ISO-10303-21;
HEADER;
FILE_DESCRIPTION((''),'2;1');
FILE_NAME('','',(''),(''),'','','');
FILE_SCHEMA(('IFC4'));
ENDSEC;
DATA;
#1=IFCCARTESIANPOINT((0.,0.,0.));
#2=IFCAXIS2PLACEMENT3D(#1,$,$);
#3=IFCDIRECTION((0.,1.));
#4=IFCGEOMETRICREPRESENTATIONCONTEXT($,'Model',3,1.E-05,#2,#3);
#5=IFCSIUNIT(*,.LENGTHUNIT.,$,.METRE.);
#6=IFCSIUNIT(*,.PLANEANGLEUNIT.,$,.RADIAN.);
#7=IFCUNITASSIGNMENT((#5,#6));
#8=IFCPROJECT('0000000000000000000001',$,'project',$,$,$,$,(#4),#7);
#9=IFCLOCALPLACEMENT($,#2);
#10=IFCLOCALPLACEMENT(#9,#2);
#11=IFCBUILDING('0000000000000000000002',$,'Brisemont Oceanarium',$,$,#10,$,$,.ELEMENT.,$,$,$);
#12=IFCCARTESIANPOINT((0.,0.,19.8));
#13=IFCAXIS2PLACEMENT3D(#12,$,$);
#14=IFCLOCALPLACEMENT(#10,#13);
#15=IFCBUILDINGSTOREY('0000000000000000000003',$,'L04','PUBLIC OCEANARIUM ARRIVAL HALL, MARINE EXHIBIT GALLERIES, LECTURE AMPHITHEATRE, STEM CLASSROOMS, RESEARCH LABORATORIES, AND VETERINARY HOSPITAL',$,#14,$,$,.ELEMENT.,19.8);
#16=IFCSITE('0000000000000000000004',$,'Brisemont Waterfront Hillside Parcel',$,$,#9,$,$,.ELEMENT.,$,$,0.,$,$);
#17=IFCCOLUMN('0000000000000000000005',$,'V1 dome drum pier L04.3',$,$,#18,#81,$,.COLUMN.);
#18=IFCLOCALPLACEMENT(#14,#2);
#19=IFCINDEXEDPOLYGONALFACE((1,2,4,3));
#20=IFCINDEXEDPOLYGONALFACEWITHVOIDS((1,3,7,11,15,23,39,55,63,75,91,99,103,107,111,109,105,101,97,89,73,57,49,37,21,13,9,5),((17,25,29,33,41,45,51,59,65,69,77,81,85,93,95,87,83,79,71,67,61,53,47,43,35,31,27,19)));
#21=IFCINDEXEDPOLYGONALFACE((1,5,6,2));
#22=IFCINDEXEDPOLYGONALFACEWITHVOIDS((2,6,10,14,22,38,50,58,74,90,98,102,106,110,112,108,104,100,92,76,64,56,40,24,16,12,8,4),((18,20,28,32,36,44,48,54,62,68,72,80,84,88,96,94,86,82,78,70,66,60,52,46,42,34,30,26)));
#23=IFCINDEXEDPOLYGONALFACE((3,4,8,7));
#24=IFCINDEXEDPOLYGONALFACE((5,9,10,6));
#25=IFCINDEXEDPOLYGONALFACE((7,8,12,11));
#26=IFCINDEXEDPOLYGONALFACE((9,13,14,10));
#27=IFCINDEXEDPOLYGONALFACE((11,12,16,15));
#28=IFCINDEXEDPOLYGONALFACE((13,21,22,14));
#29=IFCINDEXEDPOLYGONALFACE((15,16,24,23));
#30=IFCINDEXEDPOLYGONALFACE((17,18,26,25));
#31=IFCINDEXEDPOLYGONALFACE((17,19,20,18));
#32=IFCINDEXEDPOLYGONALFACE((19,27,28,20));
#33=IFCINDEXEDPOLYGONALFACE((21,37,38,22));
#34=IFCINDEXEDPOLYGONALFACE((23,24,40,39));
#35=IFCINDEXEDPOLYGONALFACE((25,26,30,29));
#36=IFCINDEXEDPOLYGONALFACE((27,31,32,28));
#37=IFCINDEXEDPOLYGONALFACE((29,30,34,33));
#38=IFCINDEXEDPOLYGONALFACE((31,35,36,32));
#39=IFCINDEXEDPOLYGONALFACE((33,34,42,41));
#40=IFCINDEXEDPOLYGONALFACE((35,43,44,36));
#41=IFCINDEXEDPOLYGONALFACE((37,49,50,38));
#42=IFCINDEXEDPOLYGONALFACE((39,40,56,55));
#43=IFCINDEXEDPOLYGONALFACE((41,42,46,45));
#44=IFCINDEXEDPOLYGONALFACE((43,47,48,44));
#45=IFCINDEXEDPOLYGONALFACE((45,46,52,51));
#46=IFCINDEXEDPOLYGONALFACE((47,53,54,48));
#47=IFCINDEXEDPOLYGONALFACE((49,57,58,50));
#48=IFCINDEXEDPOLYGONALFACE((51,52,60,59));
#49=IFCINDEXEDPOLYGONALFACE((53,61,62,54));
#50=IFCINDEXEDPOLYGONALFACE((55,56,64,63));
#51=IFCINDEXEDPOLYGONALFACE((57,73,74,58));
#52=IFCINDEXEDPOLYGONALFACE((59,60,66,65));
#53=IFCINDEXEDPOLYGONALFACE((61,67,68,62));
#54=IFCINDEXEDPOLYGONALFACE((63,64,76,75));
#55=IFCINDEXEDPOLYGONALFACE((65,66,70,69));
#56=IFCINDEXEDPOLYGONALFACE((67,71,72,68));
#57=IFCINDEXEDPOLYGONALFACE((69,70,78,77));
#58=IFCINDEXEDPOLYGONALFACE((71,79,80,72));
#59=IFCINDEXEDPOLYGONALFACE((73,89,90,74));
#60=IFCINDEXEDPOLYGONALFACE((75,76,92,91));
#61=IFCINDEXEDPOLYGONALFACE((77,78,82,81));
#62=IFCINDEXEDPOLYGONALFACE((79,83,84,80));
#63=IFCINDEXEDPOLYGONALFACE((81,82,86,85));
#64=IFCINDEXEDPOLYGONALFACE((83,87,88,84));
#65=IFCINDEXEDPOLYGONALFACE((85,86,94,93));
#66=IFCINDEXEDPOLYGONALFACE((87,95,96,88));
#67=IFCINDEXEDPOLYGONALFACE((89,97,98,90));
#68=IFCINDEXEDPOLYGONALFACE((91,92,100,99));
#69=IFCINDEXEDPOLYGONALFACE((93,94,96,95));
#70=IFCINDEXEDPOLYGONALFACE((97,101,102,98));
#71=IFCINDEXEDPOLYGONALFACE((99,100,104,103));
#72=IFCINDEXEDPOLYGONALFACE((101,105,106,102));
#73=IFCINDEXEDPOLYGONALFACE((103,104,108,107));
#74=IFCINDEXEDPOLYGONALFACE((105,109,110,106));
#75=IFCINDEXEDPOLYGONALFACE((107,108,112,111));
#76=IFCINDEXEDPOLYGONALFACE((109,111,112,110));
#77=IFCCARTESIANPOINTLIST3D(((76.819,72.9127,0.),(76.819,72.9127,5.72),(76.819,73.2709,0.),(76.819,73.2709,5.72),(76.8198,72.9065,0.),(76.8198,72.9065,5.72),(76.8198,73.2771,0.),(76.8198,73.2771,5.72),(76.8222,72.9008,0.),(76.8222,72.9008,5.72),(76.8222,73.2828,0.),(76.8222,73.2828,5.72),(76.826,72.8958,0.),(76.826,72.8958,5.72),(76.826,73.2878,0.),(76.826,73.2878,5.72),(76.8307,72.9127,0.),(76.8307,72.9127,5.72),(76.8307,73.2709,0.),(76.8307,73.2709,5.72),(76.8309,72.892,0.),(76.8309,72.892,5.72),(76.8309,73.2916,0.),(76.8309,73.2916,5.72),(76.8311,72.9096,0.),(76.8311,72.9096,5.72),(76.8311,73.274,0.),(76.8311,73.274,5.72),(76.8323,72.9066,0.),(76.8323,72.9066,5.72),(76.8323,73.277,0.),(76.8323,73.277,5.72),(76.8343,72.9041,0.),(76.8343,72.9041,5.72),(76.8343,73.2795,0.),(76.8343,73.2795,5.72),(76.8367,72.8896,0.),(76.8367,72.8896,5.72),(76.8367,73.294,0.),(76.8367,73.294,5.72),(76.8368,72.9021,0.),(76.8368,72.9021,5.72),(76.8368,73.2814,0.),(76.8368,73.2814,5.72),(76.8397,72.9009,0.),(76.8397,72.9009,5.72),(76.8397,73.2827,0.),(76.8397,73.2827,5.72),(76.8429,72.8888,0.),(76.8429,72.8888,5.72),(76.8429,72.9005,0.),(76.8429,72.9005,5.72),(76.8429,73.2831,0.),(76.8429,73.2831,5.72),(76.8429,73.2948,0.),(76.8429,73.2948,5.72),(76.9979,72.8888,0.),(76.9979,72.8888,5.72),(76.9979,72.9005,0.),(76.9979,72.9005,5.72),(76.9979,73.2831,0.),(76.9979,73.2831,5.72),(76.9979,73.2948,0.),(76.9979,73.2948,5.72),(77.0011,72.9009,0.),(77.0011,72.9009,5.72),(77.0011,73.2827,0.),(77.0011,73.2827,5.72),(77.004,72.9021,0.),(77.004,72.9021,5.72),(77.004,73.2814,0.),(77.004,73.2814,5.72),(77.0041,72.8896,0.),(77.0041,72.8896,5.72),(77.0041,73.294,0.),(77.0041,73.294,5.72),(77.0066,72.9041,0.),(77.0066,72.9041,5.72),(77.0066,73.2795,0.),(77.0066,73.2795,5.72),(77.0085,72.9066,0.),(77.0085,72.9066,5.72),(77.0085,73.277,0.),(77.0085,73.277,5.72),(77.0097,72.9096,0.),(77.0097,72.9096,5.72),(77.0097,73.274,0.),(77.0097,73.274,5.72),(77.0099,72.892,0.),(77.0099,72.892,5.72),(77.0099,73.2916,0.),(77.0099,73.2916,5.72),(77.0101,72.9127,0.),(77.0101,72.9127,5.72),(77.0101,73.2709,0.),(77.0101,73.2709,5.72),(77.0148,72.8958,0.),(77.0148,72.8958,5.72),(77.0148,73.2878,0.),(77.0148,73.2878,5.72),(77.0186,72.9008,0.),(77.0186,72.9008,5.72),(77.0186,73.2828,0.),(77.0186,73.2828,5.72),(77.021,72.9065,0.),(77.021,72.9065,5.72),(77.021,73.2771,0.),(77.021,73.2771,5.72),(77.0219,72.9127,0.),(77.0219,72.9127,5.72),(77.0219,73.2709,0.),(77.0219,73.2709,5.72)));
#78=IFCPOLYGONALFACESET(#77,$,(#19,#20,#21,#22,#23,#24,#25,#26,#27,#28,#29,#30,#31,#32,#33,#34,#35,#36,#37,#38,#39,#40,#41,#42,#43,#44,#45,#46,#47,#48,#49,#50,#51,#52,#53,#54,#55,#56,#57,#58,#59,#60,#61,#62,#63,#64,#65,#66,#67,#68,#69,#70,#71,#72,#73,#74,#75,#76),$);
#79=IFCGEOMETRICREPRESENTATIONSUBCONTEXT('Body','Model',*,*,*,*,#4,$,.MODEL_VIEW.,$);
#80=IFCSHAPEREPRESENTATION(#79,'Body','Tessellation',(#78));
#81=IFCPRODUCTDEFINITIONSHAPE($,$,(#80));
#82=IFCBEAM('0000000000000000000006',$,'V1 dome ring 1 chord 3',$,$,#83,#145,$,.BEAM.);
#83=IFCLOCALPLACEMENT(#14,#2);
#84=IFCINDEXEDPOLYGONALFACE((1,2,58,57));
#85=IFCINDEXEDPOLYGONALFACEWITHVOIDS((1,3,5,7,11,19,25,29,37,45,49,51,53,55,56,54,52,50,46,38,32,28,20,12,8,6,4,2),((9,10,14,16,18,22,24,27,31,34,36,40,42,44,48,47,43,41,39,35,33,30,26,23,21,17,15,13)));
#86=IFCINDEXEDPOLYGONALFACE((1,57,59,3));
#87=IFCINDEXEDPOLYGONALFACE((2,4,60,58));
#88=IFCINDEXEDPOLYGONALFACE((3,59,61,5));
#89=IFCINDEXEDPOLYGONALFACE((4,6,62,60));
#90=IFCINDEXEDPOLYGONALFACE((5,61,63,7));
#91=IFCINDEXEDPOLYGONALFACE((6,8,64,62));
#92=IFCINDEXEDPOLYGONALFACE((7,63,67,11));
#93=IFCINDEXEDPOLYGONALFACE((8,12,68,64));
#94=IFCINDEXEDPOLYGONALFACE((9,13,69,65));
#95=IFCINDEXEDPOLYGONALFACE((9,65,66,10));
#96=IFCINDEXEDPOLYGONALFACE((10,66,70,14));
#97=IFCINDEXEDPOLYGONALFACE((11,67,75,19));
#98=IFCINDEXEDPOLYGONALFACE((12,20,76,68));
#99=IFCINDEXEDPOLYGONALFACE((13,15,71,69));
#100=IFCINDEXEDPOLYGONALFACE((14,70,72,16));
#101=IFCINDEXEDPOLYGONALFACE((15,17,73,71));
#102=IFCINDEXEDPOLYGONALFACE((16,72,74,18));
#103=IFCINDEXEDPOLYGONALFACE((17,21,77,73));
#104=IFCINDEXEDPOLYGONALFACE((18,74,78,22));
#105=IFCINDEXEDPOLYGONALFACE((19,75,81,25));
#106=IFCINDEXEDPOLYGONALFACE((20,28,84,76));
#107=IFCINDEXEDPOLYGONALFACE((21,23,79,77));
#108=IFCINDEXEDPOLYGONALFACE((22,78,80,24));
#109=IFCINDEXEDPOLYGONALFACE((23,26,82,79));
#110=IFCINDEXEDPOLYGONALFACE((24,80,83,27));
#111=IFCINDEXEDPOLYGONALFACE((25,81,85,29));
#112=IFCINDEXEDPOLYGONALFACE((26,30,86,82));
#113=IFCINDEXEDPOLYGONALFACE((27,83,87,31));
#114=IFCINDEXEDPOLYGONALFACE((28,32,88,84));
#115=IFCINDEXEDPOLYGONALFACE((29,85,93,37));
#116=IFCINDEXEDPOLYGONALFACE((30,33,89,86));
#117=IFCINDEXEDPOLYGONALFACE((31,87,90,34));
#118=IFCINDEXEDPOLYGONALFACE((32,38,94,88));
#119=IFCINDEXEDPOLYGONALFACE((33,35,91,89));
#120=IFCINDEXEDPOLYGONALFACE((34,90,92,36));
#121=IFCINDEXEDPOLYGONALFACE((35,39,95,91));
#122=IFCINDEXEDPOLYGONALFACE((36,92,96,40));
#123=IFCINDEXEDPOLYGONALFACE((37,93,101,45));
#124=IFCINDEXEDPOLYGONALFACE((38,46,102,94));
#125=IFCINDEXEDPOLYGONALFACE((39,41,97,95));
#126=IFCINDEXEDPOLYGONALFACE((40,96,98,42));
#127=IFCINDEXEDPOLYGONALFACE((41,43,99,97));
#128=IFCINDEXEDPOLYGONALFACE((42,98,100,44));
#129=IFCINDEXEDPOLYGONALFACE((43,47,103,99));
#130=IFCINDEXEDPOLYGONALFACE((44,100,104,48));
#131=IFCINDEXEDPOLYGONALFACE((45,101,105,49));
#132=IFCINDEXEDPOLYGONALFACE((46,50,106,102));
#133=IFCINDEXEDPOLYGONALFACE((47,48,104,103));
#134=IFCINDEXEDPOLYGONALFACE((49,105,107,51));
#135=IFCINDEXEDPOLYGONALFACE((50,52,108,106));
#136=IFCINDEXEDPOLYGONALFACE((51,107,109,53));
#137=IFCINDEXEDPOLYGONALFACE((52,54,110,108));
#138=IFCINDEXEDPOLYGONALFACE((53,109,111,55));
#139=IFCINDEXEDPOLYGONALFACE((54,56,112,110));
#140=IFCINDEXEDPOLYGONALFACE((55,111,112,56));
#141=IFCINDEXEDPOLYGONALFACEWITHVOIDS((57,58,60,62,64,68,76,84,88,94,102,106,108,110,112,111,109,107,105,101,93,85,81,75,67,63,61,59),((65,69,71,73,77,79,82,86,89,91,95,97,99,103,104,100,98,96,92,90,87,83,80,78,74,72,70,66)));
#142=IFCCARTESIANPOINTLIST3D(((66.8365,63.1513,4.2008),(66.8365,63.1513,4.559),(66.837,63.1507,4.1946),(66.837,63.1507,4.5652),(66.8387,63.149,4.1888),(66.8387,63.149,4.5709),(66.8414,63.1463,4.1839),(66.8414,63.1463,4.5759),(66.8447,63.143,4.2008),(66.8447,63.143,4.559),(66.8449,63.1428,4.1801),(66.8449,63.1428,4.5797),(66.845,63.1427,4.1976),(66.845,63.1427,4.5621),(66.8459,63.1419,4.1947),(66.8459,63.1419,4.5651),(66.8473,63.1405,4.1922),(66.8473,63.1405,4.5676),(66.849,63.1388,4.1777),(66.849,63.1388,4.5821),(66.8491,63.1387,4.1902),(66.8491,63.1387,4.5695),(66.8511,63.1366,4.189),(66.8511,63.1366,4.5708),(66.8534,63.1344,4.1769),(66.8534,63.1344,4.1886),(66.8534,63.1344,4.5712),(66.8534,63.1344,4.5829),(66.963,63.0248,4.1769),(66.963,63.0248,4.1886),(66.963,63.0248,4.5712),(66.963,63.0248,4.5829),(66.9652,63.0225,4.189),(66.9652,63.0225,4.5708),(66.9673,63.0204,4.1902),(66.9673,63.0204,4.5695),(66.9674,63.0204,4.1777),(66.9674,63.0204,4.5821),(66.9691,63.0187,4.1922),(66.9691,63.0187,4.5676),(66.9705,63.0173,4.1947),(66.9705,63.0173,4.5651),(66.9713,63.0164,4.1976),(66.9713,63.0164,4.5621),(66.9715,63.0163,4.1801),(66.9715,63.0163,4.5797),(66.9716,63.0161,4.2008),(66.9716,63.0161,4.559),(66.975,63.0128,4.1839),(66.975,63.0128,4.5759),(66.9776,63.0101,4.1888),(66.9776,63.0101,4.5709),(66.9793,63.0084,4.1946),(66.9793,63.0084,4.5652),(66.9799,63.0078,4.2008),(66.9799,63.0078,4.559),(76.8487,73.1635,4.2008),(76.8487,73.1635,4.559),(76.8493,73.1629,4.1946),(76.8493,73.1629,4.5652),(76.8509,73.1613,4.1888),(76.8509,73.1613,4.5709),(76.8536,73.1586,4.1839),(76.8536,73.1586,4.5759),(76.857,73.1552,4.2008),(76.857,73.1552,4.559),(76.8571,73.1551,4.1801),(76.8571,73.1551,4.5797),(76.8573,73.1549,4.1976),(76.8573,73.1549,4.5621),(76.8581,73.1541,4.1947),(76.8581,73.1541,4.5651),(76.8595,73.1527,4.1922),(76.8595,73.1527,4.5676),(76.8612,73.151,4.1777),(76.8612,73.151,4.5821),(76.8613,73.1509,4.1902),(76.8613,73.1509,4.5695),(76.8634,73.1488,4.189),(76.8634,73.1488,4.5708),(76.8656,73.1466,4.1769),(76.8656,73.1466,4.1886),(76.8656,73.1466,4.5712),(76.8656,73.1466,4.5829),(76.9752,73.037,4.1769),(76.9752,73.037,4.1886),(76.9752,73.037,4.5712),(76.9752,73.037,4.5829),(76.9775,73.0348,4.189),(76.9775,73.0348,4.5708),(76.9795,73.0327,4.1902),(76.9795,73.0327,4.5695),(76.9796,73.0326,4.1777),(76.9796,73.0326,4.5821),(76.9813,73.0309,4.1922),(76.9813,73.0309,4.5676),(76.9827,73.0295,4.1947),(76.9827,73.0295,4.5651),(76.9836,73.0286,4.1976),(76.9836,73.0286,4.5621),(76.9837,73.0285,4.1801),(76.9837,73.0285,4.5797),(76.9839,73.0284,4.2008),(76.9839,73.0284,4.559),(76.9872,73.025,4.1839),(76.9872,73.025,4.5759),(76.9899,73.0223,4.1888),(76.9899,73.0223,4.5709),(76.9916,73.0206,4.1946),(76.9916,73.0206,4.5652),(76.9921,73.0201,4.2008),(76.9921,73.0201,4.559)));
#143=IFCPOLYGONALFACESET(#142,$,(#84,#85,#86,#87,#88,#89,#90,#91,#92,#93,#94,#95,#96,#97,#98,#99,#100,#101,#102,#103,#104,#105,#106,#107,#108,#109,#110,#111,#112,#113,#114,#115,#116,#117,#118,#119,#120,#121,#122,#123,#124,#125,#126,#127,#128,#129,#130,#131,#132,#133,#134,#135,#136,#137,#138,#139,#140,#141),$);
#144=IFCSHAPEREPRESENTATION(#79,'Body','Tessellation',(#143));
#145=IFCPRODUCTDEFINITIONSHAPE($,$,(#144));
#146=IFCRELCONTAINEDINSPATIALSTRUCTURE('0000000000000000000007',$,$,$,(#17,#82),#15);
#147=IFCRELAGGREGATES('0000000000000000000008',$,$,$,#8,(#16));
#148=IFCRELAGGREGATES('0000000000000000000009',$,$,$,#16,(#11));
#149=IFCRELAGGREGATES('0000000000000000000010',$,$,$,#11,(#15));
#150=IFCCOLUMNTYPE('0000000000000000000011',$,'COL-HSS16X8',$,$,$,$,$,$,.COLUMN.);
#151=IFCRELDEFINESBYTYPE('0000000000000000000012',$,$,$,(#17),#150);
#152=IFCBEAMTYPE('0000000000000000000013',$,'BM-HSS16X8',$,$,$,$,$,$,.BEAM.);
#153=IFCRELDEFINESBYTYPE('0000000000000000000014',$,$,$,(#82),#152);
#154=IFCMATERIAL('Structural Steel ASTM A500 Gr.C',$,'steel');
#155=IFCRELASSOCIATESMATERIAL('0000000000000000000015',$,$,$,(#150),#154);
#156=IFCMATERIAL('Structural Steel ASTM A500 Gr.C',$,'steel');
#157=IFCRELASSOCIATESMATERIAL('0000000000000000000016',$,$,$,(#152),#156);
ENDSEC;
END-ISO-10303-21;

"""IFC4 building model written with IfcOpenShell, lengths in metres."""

from ifc_helpers import new_model, si_unit, direction, frame, origin, origin_2d, place, context, subcontext, project, spatial, hollow_rectangle, extrude, material, material_profile, profile_set, type_object, element, save


model = new_model("IFC4")

# Units and contexts
model_context = context("Model", 3, precision=1e-05, world=origin(), true_north=direction((0.0, 1.0)))
body_context = subcontext(model_context, "Body", "Model", "MODEL_VIEW")
ifc_project = project(units=[si_unit("LENGTHUNIT", "METRE"), si_unit("PLANEANGLEUNIT", "RADIAN")], contexts=[model_context])

# Site, building, storey
site_placement = place(None, origin())
site = spatial("IfcSite", under=ifc_project, at=site_placement, Name="Brisemont Waterfront Hillside Parcel", CompositionType="ELEMENT", RefElevation=0.0)
building_placement = place(site_placement, origin())
building = spatial("IfcBuilding", under=site, at=building_placement, Name="Brisemont Oceanarium", CompositionType="ELEMENT")
storey_placement = place(building_placement, frame((0.0, 0.0, 19.8)))
storey = spatial("IfcBuildingStorey", under=building, at=storey_placement, Name="L04", Description="PUBLIC OCEANARIUM ARRIVAL HALL, MARINE EXHIBIT GALLERIES, LECTURE AMPHITHEATRE, STEM CLASSROOMS, RESEARCH LABORATORIES, AND VETERINARY HOSPITAL", CompositionType="ELEMENT", Elevation=19.8)

# Column
ifc_material_1 = material(Name="Structural Steel ASTM A500 Gr.C", Category="steel")
ifc_material_profile_1 = material_profile(ifc_material_1, hollow_rectangle(XDim=0.2029, YDim=0.406, WallThickness=0.0117, InnerFilletRadius=0.0122, OuterFilletRadius=0.0239, at=origin_2d()), Name="HSS16X8X1/2")
ifc_profile_set_1 = profile_set([ifc_material_profile_1], Name="Structural Steel ASTM A500 Gr.C")
column_type = type_object("IfcColumnType", Name="COL-HSS16X8", PredefinedType="COLUMN", material=ifc_profile_set_1)
column_placement = place(storey_placement, frame((76.9204, 73.0918, 0.0), z_axis=(0.0, 0.0, 1.0), x_axis=(1.0, 0.0, 0.0)))
element("IfcColumn", 1, at=column_placement, inside=storey, type_object=column_type, Name="V1 dome drum pier L04.3", PredefinedType="COLUMN", context=body_context, shape_type="SweptSolid", body=[
    extrude(hollow_rectangle(XDim=0.2029, YDim=0.406, WallThickness=0.0117, InnerFilletRadius=0.0122, OuterFilletRadius=0.0239, at=origin_2d()), origin(), (0.0, 0.0, 1.0), 5.72),
])

# Beam
ifc_material_2 = material(Name="Structural Steel ASTM A500 Gr.C", Category="steel")
ifc_material_profile_2 = material_profile(ifc_material_2, hollow_rectangle(XDim=0.2029, YDim=0.406, WallThickness=0.0117, InnerFilletRadius=0.0122, OuterFilletRadius=0.0239, at=origin_2d()), Name="HSS16X8X1/2")
ifc_profile_set_2 = profile_set([ifc_material_profile_2], Name="Structural Steel ASTM A500 Gr.C")
beam_type_1 = type_object("IfcBeamType", Name="BM-HSS16X8", PredefinedType="BEAM", material=ifc_profile_set_2)
beam_1_placement = place(storey_placement, frame((76.9204, 73.0918, 4.3799), z_axis=(-0.707107, -0.707107, 0.0), x_axis=(0.707107, -0.707107, 0.0)))
element("IfcBeam", 2, at=beam_1_placement, inside=storey, type_object=beam_type_1, Name="V1 dome ring 1 chord 3", PredefinedType="BEAM", context=body_context, shape_type="SweptSolid", body=[
    extrude(hollow_rectangle(XDim=0.2029, YDim=0.406, WallThickness=0.0117, InnerFilletRadius=0.0122, OuterFilletRadius=0.0239, at=origin_2d()), origin(), (0.0, 0.0, 1.0), 14.1594),
])

save(model, "model.ifc")
